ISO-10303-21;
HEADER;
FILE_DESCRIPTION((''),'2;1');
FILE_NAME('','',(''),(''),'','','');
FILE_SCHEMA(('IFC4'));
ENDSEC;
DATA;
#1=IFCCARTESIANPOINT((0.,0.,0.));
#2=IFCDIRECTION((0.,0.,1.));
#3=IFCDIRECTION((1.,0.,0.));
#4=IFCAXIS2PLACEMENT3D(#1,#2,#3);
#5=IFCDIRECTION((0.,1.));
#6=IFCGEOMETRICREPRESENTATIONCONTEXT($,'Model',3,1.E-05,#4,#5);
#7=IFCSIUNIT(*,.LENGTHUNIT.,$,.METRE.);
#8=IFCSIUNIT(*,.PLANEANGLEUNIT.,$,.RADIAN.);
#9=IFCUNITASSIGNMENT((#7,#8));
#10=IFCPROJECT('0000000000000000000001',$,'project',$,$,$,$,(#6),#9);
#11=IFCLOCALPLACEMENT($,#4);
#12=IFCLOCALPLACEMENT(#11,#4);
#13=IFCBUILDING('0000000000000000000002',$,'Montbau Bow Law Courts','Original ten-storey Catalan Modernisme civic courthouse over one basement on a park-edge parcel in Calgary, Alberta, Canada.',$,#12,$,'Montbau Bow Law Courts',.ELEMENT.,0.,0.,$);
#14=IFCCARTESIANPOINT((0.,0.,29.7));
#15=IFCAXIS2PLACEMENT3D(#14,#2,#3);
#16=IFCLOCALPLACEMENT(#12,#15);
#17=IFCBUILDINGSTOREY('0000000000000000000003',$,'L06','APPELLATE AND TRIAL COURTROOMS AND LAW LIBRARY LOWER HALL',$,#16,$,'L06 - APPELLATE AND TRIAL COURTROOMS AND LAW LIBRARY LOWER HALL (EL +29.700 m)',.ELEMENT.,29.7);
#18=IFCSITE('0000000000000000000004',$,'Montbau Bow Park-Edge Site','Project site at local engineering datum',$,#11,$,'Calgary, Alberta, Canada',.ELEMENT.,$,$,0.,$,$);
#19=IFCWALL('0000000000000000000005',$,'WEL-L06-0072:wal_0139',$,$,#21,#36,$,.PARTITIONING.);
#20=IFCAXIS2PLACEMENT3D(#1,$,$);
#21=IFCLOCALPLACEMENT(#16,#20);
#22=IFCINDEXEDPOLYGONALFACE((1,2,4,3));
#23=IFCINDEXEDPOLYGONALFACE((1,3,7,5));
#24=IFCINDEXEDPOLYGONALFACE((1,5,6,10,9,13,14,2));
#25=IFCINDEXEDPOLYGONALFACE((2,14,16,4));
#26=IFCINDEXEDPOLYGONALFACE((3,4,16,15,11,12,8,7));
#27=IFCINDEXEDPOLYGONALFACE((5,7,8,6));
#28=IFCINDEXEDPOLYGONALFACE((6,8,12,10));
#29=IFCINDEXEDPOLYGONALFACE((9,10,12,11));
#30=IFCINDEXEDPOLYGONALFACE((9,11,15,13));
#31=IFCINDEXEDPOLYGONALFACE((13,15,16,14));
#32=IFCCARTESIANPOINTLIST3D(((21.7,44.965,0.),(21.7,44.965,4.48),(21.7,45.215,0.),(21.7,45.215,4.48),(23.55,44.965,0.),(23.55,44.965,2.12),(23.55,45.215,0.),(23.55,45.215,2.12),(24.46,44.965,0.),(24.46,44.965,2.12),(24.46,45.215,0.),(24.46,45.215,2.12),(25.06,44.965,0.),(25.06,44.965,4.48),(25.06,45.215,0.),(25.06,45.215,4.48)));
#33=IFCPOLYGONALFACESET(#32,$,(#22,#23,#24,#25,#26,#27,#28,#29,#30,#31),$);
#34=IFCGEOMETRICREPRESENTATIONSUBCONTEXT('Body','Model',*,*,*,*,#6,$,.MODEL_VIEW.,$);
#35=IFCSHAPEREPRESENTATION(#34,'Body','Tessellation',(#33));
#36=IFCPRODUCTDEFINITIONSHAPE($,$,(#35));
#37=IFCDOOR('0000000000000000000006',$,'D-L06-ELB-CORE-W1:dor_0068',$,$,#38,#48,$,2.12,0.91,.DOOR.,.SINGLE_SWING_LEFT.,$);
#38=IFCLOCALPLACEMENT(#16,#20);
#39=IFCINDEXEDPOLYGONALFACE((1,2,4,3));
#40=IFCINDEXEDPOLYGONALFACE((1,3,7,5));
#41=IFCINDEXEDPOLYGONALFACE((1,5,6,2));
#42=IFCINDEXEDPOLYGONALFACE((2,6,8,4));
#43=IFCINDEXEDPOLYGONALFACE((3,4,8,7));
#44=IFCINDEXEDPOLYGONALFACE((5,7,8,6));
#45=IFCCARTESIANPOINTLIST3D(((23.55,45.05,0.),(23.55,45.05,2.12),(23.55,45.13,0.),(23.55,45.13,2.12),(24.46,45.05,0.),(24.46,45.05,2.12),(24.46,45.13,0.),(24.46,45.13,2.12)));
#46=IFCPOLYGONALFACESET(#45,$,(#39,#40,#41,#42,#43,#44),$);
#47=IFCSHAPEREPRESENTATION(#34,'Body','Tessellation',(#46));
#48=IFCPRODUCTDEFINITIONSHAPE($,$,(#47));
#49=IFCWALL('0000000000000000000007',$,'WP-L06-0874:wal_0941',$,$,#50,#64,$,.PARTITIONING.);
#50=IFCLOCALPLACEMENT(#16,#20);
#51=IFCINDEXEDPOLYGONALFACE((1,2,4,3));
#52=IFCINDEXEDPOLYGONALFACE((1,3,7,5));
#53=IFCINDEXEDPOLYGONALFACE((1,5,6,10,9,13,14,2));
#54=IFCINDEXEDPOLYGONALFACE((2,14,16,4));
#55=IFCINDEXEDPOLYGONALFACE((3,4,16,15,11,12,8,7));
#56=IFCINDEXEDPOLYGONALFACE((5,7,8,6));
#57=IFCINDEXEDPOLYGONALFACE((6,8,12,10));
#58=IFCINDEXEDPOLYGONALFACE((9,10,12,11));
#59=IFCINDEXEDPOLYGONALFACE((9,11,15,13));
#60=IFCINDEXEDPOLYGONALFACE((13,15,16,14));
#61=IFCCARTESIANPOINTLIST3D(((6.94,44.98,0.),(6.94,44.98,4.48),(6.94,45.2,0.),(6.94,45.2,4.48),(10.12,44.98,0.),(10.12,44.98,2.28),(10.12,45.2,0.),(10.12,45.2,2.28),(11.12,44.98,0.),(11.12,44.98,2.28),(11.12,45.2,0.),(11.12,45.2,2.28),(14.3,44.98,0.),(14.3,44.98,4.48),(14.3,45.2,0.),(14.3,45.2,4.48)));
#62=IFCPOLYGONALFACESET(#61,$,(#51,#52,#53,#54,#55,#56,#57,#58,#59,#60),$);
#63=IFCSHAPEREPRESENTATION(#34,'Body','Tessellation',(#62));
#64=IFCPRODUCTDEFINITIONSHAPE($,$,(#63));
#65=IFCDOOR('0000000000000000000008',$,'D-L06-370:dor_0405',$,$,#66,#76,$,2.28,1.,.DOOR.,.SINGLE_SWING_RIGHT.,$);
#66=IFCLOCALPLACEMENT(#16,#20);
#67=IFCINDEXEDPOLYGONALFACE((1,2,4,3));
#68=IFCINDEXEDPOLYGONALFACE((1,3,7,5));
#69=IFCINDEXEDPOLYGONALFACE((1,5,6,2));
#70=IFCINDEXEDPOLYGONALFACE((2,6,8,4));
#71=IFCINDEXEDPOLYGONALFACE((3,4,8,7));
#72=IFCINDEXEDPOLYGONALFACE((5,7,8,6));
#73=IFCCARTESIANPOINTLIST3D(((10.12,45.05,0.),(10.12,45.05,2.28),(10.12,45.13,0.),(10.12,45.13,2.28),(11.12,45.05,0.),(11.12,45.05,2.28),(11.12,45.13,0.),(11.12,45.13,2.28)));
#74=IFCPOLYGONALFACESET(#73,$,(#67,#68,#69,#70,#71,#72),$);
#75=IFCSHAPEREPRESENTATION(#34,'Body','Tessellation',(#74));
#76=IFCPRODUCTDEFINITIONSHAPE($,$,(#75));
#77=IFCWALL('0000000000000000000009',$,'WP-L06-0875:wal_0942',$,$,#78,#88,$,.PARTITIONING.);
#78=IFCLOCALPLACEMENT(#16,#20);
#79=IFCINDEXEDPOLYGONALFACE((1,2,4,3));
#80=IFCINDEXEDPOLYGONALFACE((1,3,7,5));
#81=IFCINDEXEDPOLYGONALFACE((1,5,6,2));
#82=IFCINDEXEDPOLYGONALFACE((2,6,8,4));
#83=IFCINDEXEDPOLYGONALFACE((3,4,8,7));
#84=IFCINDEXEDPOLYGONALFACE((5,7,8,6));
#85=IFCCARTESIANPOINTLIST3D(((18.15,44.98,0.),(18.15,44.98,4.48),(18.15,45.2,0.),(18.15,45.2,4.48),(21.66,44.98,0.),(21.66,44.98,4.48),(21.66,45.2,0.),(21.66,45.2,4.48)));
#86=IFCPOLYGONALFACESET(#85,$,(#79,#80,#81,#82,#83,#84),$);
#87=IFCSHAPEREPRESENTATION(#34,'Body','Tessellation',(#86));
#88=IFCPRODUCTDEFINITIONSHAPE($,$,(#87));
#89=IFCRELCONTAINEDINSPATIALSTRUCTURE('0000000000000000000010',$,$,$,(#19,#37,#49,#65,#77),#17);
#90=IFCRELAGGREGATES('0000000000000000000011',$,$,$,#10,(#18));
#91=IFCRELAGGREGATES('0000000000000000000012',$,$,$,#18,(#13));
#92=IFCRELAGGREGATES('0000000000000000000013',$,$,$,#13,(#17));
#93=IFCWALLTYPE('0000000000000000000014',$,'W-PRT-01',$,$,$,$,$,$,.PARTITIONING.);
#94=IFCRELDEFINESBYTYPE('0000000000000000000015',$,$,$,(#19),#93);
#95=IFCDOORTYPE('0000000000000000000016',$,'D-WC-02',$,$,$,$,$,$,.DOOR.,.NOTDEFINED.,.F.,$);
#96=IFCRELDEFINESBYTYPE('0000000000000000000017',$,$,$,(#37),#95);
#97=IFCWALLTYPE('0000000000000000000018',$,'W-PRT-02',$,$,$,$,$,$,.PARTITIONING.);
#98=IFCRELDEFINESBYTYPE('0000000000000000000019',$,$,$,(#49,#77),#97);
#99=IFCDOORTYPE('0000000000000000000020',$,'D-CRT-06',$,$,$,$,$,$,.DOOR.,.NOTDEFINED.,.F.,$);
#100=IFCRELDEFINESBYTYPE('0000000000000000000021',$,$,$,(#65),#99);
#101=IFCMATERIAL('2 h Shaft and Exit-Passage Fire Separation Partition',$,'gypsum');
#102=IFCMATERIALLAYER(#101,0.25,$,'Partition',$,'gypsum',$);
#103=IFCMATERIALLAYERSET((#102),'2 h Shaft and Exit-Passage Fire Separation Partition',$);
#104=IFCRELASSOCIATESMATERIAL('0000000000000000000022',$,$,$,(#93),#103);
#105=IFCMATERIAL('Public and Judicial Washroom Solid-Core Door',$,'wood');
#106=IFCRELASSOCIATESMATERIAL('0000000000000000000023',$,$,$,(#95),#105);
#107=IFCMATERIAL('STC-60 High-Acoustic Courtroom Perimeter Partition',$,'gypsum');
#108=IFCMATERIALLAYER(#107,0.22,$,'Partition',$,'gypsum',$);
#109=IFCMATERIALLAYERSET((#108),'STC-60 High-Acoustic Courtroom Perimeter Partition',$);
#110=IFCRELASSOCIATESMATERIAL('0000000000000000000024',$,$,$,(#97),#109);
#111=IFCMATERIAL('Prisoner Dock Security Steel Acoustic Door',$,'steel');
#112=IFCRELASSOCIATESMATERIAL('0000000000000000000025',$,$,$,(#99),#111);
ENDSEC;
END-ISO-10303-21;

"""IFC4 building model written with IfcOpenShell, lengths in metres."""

from ifc_helpers import new_model, si_unit, direction, frame, frame_2d, origin_with_axes, place, context, subcontext, project, spatial, rectangle, extrude, material, layer, layer_set, type_object, element, fill, save


model = new_model("IFC4")

# Units and contexts
model_context = context("Model", 3, precision=1e-05, world=origin_with_axes(), true_north=direction((0.0, 1.0)))
body_context = subcontext(model_context, "Body", "Model", "MODEL_VIEW")
ifc_project = project(units=[si_unit("LENGTHUNIT", "METRE"), si_unit("PLANEANGLEUNIT", "RADIAN")], contexts=[model_context])

# Site, building, storey
site_placement = place(None, origin_with_axes())
site = spatial("IfcSite", under=ifc_project, at=site_placement, Name="Montbau Bow Park-Edge Site", Description="Project site at local engineering datum", LongName="Calgary, Alberta, Canada", CompositionType="ELEMENT", RefElevation=0.0)
building_placement = place(site_placement, origin_with_axes())
building = spatial("IfcBuilding", under=site, at=building_placement, Name="Montbau Bow Law Courts", Description="Original ten-storey Catalan Modernisme civic courthouse over one basement on a park-edge parcel in Calgary, Alberta, Canada.", LongName="Montbau Bow Law Courts", CompositionType="ELEMENT", ElevationOfRefHeight=0.0, ElevationOfTerrain=0.0)
storey_placement = place(building_placement, frame((0.0, 0.0, 29.7), z_axis=(0.0, 0.0, 1.0), x_axis=(1.0, 0.0, 0.0)))
storey = spatial("IfcBuildingStorey", under=building, at=storey_placement, Name="L06", Description="APPELLATE AND TRIAL COURTROOMS AND LAW LIBRARY LOWER HALL", LongName="L06 - APPELLATE AND TRIAL COURTROOMS AND LAW LIBRARY LOWER HALL (EL +29.700 m)", CompositionType="ELEMENT", Elevation=29.7)

# Walls, openings, doors
ifc_material_1 = material(Name="2 h Shaft and Exit-Passage Fire Separation Partition", Category="gypsum")
ifc_layer_1 = layer(ifc_material_1, 0.25, Name="Partition", Category="gypsum")
ifc_layer_set_1 = layer_set([ifc_layer_1], Name="2 h Shaft and Exit-Passage Fire Separation Partition")
wall_type_1 = type_object("IfcWallType", Name="W-PRT-01", PredefinedType="PARTITIONING", material=ifc_layer_set_1)
wall_1_placement = place(None, frame((21.7, 45.09, 29.7), z_axis=(0.0, 0.0, 1.0), x_axis=(1.0, 0.0, 0.0)))
wall_1 = element("IfcWall", 1, at=wall_1_placement, inside=storey, type_object=wall_type_1, Name="WEL-L06-0072:wal_0139", PredefinedType="PARTITIONING", context=body_context, shape_type="SweptSolid", body=[
    extrude(rectangle(XDim=3.36, YDim=0.25, at=frame_2d((1.68, 0.0), x_axis=(1.0, 0.0))), origin_with_axes(), (0.0, 0.0, 1.0), 4.48),
])
opening_1_placement = place(None, frame((24.005, 45.09, 29.7), z_axis=(0.0, 0.0, 1.0), x_axis=(1.0, 0.0, 0.0)))
opening_1 = element("IfcOpeningElement", 2, at=opening_1_placement, cuts=wall_1, PredefinedType="OPENING", context=body_context, shape_type="SweptSolid", body=[
    extrude(rectangle(XDim=0.91, YDim=2.12, at=frame_2d((0.0, 1.06), x_axis=(1.0, 0.0))), frame((0.0, 0.135, 0.0), z_axis=(0.0, -1.0, 0.0), x_axis=(1.0, 0.0, 0.0)), (0.0, 0.0, 1.0), 0.27),
])
ifc_material_2 = material(Name="Public and Judicial Washroom Solid-Core Door", Category="wood")
door_type_1 = type_object("IfcDoorType", Name="D-WC-02", OperationType="NOTDEFINED", ParameterTakesPrecedence=False, PredefinedType="DOOR", material=ifc_material_2)
door_1_placement = place(None, frame((24.005, 45.09, 29.7), z_axis=(0.0, 0.0, 1.0), x_axis=(1.0, 0.0, 0.0)))
door_1 = element("IfcDoor", 3, at=door_1_placement, inside=storey, type_object=door_type_1, Name="D-L06-ELB-CORE-W1:dor_0068", OperationType="SINGLE_SWING_LEFT", OverallHeight=2.12, OverallWidth=0.91, PredefinedType="DOOR", context=body_context, shape_type="SweptSolid", body=[
    extrude(rectangle(XDim=0.91, YDim=2.12, at=frame_2d((0.0, 1.06), x_axis=(1.0, 0.0))), frame((0.0, 0.04, 0.0), z_axis=(0.0, -1.0, 0.0), x_axis=(1.0, 0.0, 0.0)), (0.0, 0.0, 1.0), 0.08),
])
fill(opening_1, door_1)
ifc_material_3 = material(Name="STC-60 High-Acoustic Courtroom Perimeter Partition", Category="gypsum")
ifc_layer_2 = layer(ifc_material_3, 0.22, Name="Partition", Category="gypsum")
ifc_layer_set_2 = layer_set([ifc_layer_2], Name="STC-60 High-Acoustic Courtroom Perimeter Partition")
wall_type_2 = type_object("IfcWallType", Name="W-PRT-02", PredefinedType="PARTITIONING", material=ifc_layer_set_2)
wall_2_placement = place(None, frame((6.94, 45.09, 29.7), z_axis=(0.0, 0.0, 1.0), x_axis=(1.0, 0.0, 0.0)))
wall_2 = element("IfcWall", 4, at=wall_2_placement, inside=storey, type_object=wall_type_2, Name="WP-L06-0874:wal_0941", PredefinedType="PARTITIONING", context=body_context, shape_type="SweptSolid", body=[
    extrude(rectangle(XDim=7.36, YDim=0.22, at=frame_2d((3.68, 0.0), x_axis=(1.0, 0.0))), origin_with_axes(), (0.0, 0.0, 1.0), 4.48),
])
opening_2_placement = place(None, frame((10.62, 45.09, 29.7), z_axis=(0.0, 0.0, 1.0), x_axis=(1.0, 0.0, 0.0)))
opening_2 = element("IfcOpeningElement", 5, at=opening_2_placement, cuts=wall_2, PredefinedType="OPENING", context=body_context, shape_type="SweptSolid", body=[
    extrude(rectangle(XDim=1.0, YDim=2.28, at=frame_2d((0.0, 1.14), x_axis=(1.0, 0.0))), frame((0.0, 0.12, 0.0), z_axis=(0.0, -1.0, 0.0), x_axis=(1.0, 0.0, 0.0)), (0.0, 0.0, 1.0), 0.24),
])
ifc_material_4 = material(Name="Prisoner Dock Security Steel Acoustic Door", Category="steel")
door_type_2 = type_object("IfcDoorType", Name="D-CRT-06", OperationType="NOTDEFINED", ParameterTakesPrecedence=False, PredefinedType="DOOR", material=ifc_material_4)
door_2_placement = place(None, frame((10.62, 45.09, 29.7), z_axis=(0.0, 0.0, 1.0), x_axis=(-1.0, 0.0, 0.0)))
door_2 = element("IfcDoor", 6, at=door_2_placement, inside=storey, type_object=door_type_2, Name="D-L06-370:dor_0405", OperationType="SINGLE_SWING_RIGHT", OverallHeight=2.28, OverallWidth=1.0, PredefinedType="DOOR", context=body_context, shape_type="SweptSolid", body=[
    extrude(rectangle(XDim=1.0, YDim=2.28, at=frame_2d((0.0, 1.14), x_axis=(1.0, 0.0))), frame((0.0, 0.04, 0.0), z_axis=(0.0, -1.0, 0.0), x_axis=(1.0, 0.0, 0.0)), (0.0, 0.0, 1.0), 0.08),
])
fill(opening_2, door_2)

# Wall
wall_3_placement = place(None, frame((18.15, 45.09, 29.7), z_axis=(0.0, 0.0, 1.0), x_axis=(1.0, 0.0, 0.0)))
element("IfcWall", 7, at=wall_3_placement, inside=storey, type_object=wall_type_2, Name="WP-L06-0875:wal_0942", PredefinedType="PARTITIONING", context=body_context, shape_type="SweptSolid", body=[
    extrude(rectangle(XDim=3.51, YDim=0.22, at=frame_2d((1.755, 0.0), x_axis=(1.0, 0.0))), origin_with_axes(), (0.0, 0.0, 1.0), 4.48),
])

save(model, "model.ifc")
